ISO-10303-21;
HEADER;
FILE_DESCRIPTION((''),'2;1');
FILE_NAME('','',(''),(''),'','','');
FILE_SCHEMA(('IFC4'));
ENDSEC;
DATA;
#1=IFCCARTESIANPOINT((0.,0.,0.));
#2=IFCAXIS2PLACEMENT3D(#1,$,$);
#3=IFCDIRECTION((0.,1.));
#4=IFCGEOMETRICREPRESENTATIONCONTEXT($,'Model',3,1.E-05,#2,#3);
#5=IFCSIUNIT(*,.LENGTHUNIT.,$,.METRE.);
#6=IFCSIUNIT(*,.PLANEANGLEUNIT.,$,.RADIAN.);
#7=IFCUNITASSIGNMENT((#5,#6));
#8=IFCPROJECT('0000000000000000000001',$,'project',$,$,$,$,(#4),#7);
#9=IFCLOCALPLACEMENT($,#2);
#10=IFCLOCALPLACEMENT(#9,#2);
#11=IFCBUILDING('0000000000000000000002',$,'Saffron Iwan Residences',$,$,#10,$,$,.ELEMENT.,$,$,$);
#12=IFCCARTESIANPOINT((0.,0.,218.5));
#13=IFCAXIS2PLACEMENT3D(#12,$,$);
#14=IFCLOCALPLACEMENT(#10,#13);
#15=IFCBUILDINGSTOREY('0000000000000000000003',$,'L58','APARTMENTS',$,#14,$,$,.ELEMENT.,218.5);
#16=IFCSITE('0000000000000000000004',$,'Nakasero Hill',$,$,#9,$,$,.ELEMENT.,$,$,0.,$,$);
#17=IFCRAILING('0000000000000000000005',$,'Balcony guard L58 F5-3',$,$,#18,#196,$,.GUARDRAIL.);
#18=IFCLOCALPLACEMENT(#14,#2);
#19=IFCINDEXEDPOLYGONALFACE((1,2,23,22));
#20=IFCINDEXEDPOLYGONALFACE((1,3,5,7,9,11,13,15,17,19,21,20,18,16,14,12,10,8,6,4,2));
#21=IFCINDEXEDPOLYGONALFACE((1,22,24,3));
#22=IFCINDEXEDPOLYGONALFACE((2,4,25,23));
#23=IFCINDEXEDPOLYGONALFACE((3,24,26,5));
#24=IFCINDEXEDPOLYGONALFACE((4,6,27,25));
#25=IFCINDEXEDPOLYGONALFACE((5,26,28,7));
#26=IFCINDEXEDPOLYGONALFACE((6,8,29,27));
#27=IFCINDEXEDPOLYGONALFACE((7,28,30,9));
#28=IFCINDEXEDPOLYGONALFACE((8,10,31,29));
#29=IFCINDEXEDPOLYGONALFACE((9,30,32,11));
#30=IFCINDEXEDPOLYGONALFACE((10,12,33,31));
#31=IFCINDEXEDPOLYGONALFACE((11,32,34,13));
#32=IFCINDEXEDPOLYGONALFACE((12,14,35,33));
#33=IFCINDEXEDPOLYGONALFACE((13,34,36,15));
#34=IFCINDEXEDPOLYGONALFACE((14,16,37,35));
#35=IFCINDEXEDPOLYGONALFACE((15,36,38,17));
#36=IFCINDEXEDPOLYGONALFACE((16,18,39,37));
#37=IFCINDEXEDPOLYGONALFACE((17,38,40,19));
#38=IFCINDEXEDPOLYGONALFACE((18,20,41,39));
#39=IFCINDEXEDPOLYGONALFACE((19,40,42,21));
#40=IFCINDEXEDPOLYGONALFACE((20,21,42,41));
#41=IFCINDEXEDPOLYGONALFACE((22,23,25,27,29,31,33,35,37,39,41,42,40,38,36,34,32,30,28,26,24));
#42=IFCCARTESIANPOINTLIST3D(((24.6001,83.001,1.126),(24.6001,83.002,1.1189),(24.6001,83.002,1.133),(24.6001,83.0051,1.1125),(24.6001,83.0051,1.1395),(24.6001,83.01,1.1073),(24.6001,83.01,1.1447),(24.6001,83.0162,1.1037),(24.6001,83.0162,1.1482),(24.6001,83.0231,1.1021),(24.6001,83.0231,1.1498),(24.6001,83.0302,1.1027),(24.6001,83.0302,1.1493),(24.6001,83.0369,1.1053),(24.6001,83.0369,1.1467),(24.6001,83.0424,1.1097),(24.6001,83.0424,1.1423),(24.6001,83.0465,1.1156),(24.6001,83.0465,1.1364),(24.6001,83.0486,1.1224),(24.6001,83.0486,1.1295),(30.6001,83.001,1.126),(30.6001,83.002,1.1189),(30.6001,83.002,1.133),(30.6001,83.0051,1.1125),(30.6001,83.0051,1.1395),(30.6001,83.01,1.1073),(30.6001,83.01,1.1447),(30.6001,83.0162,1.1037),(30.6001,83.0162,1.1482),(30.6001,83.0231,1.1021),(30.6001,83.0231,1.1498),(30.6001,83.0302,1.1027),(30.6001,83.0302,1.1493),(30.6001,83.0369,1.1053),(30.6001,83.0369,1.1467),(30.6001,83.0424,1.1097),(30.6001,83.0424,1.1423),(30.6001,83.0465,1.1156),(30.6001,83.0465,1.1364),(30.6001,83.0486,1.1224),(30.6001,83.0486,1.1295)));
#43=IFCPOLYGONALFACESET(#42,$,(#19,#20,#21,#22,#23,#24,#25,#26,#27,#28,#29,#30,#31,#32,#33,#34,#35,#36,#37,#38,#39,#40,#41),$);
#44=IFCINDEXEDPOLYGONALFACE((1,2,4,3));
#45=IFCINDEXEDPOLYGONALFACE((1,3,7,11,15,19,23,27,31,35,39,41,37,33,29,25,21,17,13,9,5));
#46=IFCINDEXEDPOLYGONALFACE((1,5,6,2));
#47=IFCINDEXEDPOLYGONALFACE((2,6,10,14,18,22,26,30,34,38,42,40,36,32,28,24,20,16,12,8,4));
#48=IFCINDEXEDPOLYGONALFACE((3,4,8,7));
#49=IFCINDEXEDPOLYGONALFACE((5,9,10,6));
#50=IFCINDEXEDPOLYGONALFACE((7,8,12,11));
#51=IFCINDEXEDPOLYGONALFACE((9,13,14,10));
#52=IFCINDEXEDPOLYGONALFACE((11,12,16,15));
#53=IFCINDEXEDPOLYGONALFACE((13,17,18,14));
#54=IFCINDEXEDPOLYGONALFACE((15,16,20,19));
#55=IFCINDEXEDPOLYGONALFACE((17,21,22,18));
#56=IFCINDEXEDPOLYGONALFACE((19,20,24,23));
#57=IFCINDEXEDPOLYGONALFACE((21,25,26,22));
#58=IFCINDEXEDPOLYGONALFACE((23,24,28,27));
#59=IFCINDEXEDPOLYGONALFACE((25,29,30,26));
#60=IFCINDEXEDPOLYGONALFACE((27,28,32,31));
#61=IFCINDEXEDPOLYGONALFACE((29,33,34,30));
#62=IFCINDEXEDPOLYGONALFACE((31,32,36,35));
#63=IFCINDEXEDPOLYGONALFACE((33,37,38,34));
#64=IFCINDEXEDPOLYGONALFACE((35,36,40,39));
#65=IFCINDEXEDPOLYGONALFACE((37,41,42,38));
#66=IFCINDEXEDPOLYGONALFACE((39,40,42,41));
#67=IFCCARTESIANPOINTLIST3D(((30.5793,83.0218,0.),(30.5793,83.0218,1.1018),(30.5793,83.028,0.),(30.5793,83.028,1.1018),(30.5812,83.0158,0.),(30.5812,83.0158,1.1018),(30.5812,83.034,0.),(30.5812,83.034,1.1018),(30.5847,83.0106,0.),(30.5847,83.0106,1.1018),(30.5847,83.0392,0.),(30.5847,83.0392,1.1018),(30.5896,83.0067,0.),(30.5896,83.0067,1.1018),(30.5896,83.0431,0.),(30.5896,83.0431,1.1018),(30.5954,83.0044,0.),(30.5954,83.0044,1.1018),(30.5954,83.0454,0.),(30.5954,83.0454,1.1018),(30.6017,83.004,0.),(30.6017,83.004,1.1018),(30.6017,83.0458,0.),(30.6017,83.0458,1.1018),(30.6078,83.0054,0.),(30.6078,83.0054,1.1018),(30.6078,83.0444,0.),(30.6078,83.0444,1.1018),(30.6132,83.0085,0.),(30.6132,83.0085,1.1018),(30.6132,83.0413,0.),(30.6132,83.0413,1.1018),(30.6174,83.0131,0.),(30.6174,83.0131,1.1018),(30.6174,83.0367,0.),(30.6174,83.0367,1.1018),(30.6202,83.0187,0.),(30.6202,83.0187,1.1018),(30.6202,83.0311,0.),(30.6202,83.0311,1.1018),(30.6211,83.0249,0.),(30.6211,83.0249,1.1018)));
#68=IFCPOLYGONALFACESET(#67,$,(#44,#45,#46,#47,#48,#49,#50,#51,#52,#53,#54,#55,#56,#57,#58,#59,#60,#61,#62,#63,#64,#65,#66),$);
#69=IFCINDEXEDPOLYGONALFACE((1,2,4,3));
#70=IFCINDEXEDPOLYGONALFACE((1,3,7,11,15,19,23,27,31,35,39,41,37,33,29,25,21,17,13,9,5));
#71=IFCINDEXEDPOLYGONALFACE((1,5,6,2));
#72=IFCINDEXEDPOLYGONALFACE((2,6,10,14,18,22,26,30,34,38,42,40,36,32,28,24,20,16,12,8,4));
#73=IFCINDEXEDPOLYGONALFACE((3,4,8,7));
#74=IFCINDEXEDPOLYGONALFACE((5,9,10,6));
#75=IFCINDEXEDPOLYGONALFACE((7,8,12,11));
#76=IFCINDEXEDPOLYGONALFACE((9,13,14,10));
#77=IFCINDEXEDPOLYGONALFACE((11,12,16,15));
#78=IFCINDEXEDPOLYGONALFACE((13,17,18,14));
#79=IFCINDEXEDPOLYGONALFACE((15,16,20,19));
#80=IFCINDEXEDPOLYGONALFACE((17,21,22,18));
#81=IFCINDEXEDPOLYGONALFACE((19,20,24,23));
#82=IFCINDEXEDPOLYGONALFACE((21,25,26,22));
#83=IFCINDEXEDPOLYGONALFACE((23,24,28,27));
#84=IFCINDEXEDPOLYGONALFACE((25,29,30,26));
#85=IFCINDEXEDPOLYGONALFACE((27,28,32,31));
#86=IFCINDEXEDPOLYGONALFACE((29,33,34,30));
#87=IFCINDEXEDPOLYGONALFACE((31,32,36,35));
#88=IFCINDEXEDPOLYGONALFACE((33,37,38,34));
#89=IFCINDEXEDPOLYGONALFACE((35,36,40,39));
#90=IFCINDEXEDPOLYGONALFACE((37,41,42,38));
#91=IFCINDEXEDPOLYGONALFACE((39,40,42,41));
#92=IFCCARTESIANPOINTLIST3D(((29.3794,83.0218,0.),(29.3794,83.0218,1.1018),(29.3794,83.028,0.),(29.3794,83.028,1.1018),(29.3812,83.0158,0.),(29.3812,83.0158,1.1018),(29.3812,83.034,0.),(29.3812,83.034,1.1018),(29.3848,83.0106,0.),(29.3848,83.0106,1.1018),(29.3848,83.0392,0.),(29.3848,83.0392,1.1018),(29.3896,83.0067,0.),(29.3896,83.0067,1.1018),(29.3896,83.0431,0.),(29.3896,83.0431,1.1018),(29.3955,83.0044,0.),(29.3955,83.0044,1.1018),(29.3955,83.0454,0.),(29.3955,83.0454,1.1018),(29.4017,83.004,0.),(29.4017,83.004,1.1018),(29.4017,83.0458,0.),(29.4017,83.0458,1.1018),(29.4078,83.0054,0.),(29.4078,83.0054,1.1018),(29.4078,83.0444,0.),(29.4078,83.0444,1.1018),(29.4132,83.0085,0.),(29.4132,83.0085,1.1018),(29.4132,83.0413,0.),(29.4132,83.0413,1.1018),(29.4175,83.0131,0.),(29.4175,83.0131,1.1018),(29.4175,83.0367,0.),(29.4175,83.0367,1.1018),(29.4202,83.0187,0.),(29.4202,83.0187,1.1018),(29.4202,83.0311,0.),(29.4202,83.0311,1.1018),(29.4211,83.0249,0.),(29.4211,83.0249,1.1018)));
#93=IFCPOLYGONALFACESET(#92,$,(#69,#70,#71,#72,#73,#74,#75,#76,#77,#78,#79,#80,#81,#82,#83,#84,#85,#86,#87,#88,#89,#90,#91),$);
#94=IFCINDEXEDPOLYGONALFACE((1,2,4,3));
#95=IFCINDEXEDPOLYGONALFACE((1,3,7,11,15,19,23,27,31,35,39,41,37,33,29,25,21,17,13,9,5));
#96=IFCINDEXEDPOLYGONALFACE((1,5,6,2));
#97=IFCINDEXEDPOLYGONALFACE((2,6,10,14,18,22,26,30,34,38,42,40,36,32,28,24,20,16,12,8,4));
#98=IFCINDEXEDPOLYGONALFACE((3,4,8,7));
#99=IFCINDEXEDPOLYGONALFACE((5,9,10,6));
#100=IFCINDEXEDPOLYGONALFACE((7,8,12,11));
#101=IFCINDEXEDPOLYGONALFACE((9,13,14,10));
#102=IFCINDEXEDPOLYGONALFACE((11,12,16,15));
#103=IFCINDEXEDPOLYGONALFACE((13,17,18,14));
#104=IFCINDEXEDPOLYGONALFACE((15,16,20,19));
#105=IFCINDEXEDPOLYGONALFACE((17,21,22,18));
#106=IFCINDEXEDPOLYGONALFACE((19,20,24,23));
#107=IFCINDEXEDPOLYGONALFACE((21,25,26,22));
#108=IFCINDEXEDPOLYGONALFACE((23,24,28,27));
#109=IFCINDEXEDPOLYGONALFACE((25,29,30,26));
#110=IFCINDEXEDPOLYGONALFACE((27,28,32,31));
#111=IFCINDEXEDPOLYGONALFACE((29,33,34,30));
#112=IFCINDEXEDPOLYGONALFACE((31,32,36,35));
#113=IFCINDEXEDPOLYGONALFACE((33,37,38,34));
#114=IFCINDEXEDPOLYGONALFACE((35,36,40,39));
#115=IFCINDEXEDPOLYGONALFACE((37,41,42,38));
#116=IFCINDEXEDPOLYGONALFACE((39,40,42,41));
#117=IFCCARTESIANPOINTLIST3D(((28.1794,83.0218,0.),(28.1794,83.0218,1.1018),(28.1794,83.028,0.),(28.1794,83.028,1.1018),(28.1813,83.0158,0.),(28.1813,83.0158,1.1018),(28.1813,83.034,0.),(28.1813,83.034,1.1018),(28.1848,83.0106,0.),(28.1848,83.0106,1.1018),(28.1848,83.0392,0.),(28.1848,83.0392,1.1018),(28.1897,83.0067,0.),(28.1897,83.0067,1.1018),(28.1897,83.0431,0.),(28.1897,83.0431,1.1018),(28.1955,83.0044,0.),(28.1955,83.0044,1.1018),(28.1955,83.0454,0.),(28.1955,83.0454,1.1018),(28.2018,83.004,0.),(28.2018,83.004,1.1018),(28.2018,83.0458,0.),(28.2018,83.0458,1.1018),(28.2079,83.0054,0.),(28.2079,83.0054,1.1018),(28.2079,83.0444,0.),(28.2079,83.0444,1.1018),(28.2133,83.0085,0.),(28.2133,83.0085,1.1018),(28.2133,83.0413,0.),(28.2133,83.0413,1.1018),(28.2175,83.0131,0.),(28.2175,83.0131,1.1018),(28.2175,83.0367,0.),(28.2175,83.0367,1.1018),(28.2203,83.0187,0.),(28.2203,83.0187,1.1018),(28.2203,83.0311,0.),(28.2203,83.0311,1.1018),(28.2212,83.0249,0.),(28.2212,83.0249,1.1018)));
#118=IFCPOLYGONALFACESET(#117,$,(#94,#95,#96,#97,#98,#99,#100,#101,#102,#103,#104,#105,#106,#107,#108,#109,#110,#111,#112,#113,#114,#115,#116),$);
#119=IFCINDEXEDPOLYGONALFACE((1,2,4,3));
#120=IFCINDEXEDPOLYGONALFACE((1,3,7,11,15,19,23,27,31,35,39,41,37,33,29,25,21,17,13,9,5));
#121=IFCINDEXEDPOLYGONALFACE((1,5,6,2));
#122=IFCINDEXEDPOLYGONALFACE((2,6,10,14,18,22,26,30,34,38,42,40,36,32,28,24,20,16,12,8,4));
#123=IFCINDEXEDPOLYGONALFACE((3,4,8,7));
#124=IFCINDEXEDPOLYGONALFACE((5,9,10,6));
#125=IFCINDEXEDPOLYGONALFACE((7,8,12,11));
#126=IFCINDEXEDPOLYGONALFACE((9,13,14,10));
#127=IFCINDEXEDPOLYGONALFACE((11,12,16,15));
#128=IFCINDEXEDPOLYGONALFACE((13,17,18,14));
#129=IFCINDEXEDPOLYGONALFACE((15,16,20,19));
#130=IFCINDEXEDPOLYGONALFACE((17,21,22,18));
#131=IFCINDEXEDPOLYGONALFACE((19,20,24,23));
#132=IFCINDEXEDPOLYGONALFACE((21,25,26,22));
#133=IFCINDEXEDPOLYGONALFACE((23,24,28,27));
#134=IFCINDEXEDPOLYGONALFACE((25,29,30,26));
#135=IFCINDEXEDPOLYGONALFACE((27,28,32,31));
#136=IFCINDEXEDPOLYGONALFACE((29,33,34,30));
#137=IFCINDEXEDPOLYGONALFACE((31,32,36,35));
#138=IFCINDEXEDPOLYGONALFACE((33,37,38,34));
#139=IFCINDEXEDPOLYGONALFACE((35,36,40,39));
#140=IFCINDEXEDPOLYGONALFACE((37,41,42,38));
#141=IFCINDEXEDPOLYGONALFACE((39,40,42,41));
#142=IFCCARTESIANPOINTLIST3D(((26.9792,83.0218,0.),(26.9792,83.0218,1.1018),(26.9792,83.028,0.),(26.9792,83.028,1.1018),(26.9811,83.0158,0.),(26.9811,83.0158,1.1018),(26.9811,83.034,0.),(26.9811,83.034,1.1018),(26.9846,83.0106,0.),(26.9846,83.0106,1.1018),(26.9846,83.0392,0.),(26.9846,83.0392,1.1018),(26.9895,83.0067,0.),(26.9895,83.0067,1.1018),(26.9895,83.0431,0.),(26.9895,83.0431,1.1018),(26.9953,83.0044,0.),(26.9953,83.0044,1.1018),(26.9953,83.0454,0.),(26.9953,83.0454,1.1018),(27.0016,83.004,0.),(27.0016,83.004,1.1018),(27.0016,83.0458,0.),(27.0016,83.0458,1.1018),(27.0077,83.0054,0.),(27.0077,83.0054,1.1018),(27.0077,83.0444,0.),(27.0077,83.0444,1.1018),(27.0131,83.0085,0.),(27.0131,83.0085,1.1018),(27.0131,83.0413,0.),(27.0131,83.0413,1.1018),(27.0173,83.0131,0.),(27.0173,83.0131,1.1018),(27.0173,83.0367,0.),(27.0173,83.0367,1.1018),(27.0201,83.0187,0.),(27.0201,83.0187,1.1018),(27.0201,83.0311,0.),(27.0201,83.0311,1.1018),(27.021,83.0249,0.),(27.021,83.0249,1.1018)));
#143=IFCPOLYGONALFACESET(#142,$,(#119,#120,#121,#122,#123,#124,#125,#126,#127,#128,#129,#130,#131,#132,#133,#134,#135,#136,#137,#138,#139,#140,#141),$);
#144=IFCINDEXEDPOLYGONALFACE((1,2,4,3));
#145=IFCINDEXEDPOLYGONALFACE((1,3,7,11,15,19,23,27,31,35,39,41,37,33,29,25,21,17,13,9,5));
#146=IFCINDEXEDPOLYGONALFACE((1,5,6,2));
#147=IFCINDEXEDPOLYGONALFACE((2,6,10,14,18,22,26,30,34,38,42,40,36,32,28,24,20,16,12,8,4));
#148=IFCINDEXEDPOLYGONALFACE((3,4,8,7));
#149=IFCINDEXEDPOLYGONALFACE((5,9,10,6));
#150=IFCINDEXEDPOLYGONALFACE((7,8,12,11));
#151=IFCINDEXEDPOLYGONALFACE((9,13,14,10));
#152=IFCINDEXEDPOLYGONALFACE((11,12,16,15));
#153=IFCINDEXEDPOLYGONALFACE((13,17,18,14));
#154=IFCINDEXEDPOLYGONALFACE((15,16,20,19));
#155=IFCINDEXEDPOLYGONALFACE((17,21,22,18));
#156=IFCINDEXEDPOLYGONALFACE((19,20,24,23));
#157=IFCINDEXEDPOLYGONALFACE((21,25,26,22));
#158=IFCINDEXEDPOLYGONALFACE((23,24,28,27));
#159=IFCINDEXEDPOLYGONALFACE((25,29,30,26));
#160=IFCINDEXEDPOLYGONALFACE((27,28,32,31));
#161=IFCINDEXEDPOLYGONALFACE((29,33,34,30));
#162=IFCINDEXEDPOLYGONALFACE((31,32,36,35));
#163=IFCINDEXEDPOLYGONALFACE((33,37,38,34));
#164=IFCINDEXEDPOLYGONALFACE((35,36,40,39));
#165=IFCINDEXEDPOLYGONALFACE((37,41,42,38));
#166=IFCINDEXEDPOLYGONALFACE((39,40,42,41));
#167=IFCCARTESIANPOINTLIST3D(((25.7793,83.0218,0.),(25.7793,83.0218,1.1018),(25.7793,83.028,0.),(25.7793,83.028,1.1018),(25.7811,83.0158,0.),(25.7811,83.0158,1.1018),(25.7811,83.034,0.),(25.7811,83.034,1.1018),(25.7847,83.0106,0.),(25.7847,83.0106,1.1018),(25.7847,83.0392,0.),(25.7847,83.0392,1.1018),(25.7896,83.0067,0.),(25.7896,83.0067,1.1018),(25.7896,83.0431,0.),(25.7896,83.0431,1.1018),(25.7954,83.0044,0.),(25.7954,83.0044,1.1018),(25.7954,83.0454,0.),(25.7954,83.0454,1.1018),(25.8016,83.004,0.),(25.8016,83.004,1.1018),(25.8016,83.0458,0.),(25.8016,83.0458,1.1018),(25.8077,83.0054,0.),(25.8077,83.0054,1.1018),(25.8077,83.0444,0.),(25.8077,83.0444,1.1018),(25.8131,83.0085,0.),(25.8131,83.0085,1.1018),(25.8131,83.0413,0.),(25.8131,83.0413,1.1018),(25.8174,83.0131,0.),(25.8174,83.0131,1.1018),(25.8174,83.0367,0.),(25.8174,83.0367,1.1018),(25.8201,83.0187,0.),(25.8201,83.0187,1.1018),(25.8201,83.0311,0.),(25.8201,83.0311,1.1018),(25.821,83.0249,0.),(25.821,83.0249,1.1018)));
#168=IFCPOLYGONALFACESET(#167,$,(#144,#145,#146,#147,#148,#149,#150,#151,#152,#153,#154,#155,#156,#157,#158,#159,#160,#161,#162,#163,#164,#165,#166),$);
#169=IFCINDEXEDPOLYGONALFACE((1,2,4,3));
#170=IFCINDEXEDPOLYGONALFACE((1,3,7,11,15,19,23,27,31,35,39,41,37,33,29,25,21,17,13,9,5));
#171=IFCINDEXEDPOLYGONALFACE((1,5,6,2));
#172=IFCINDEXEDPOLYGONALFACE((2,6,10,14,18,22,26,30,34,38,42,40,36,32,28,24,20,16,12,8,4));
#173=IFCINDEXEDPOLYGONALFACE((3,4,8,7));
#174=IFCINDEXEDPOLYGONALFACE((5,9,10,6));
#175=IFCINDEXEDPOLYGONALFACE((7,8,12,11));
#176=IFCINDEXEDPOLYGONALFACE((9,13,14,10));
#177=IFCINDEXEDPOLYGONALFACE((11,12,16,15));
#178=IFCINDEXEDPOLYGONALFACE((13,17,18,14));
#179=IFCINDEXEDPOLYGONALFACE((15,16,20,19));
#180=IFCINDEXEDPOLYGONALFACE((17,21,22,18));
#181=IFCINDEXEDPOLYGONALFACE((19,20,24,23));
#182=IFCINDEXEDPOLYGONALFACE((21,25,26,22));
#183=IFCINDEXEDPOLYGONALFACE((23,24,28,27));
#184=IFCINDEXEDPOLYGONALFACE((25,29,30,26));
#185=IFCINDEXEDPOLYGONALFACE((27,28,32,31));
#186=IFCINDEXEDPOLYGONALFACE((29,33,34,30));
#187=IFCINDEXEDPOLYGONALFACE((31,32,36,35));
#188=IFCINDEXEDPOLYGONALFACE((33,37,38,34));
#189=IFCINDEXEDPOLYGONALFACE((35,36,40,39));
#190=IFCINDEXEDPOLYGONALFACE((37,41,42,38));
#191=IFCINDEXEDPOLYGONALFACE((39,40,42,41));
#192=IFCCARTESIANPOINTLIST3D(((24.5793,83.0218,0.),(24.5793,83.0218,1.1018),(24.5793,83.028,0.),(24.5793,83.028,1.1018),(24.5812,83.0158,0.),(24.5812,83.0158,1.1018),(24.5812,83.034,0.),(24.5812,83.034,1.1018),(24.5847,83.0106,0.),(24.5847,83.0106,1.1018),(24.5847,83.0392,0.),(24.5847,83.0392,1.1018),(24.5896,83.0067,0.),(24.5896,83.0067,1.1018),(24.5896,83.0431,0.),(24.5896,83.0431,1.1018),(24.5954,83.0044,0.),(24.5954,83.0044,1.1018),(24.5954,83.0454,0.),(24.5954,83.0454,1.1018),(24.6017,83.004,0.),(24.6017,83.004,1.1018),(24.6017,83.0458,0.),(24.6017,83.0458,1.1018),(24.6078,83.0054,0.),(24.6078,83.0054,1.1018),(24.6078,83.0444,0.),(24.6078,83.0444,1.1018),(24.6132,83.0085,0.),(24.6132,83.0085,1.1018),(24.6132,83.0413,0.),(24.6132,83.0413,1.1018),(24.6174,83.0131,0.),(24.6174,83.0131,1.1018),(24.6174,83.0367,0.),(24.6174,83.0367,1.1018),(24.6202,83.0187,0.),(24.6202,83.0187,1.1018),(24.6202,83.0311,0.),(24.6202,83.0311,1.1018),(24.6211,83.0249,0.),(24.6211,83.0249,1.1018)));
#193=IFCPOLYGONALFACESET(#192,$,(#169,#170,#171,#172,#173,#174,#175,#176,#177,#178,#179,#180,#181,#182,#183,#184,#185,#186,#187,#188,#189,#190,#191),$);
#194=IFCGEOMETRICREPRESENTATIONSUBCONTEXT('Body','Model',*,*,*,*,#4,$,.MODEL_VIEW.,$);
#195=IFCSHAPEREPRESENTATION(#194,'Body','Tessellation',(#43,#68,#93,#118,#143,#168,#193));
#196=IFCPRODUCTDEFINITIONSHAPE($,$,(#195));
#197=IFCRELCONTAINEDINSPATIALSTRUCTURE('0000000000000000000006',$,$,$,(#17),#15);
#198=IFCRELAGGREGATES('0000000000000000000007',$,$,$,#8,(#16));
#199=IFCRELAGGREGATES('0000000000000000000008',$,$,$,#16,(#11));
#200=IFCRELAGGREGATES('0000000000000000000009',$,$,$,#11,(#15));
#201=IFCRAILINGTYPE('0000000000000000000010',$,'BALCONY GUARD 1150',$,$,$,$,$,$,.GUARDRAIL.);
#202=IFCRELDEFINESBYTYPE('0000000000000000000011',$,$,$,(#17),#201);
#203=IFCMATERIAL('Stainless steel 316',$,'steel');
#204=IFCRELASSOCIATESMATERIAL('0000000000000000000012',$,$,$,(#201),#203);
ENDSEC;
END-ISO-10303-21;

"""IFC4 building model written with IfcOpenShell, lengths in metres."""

from ifc_helpers import new_model, si_unit, direction, frame, origin, origin_2d, place, context, subcontext, project, spatial, circle, extrude, material, type_object, element, save


model = new_model("IFC4")

# Units and contexts
model_context = context("Model", 3, precision=1e-05, world=origin(), true_north=direction((0.0, 1.0)))
body_context = subcontext(model_context, "Body", "Model", "MODEL_VIEW")
ifc_project = project(units=[si_unit("LENGTHUNIT", "METRE"), si_unit("PLANEANGLEUNIT", "RADIAN")], contexts=[model_context])

# Site, building, storey
site_placement = place(None, origin())
site = spatial("IfcSite", under=ifc_project, at=site_placement, Name="Nakasero Hill", CompositionType="ELEMENT", RefElevation=0.0)
building_placement = place(site_placement, origin())
building = spatial("IfcBuilding", under=site, at=building_placement, Name="Saffron Iwan Residences", CompositionType="ELEMENT")
storey_placement = place(building_placement, frame((0.0, 0.0, 218.5)))
storey = spatial("IfcBuildingStorey", under=building, at=storey_placement, Name="L58", Description="APARTMENTS", CompositionType="ELEMENT", Elevation=218.5)

# Railing
ifc_material_1 = material(Name="Stainless steel 316", Category="steel")
railing_type = type_object("IfcRailingType", Name="BALCONY GUARD 1150", PredefinedType="GUARDRAIL", material=ifc_material_1)
railing_placement = place(storey_placement, frame((30.6001, 83.0249, 0.0)))
element("IfcRailing", 1, at=railing_placement, inside=storey, type_object=railing_type, Name="Balcony guard L58 F5-3", PredefinedType="GUARDRAIL", context=body_context, shape_type="SweptSolid", body=[
    extrude(circle(Radius=0.0239, at=origin_2d()), frame((0.0, 0.0, 1.126), z_axis=(-1.0, 0.0, 0.0), x_axis=(0.0, -1.0, 0.0)), (0.0, 0.0, 1.0), 6.0),
    extrude(circle(Radius=0.021, at=origin_2d()), origin(), (0.0, 0.0, 1.0), 1.1018),
    extrude(circle(Radius=0.021, at=origin_2d()), frame((-1.2, 0.0, 0.0)), (0.0, 0.0, 1.0), 1.1018),
    extrude(circle(Radius=0.021, at=origin_2d()), frame((-2.3999, 0.0, 0.0)), (0.0, 0.0, 1.0), 1.1018),
    extrude(circle(Radius=0.021, at=origin_2d()), frame((-3.6001, 0.0, 0.0)), (0.0, 0.0, 1.0), 1.1018),
    extrude(circle(Radius=0.021, at=origin_2d()), frame((-4.8, 0.0, 0.0)), (0.0, 0.0, 1.0), 1.1018),
    extrude(circle(Radius=0.021, at=origin_2d()), frame((-6.0, 0.0, 0.0)), (0.0, 0.0, 1.0), 1.1018),
])

save(model, "model.ifc")
